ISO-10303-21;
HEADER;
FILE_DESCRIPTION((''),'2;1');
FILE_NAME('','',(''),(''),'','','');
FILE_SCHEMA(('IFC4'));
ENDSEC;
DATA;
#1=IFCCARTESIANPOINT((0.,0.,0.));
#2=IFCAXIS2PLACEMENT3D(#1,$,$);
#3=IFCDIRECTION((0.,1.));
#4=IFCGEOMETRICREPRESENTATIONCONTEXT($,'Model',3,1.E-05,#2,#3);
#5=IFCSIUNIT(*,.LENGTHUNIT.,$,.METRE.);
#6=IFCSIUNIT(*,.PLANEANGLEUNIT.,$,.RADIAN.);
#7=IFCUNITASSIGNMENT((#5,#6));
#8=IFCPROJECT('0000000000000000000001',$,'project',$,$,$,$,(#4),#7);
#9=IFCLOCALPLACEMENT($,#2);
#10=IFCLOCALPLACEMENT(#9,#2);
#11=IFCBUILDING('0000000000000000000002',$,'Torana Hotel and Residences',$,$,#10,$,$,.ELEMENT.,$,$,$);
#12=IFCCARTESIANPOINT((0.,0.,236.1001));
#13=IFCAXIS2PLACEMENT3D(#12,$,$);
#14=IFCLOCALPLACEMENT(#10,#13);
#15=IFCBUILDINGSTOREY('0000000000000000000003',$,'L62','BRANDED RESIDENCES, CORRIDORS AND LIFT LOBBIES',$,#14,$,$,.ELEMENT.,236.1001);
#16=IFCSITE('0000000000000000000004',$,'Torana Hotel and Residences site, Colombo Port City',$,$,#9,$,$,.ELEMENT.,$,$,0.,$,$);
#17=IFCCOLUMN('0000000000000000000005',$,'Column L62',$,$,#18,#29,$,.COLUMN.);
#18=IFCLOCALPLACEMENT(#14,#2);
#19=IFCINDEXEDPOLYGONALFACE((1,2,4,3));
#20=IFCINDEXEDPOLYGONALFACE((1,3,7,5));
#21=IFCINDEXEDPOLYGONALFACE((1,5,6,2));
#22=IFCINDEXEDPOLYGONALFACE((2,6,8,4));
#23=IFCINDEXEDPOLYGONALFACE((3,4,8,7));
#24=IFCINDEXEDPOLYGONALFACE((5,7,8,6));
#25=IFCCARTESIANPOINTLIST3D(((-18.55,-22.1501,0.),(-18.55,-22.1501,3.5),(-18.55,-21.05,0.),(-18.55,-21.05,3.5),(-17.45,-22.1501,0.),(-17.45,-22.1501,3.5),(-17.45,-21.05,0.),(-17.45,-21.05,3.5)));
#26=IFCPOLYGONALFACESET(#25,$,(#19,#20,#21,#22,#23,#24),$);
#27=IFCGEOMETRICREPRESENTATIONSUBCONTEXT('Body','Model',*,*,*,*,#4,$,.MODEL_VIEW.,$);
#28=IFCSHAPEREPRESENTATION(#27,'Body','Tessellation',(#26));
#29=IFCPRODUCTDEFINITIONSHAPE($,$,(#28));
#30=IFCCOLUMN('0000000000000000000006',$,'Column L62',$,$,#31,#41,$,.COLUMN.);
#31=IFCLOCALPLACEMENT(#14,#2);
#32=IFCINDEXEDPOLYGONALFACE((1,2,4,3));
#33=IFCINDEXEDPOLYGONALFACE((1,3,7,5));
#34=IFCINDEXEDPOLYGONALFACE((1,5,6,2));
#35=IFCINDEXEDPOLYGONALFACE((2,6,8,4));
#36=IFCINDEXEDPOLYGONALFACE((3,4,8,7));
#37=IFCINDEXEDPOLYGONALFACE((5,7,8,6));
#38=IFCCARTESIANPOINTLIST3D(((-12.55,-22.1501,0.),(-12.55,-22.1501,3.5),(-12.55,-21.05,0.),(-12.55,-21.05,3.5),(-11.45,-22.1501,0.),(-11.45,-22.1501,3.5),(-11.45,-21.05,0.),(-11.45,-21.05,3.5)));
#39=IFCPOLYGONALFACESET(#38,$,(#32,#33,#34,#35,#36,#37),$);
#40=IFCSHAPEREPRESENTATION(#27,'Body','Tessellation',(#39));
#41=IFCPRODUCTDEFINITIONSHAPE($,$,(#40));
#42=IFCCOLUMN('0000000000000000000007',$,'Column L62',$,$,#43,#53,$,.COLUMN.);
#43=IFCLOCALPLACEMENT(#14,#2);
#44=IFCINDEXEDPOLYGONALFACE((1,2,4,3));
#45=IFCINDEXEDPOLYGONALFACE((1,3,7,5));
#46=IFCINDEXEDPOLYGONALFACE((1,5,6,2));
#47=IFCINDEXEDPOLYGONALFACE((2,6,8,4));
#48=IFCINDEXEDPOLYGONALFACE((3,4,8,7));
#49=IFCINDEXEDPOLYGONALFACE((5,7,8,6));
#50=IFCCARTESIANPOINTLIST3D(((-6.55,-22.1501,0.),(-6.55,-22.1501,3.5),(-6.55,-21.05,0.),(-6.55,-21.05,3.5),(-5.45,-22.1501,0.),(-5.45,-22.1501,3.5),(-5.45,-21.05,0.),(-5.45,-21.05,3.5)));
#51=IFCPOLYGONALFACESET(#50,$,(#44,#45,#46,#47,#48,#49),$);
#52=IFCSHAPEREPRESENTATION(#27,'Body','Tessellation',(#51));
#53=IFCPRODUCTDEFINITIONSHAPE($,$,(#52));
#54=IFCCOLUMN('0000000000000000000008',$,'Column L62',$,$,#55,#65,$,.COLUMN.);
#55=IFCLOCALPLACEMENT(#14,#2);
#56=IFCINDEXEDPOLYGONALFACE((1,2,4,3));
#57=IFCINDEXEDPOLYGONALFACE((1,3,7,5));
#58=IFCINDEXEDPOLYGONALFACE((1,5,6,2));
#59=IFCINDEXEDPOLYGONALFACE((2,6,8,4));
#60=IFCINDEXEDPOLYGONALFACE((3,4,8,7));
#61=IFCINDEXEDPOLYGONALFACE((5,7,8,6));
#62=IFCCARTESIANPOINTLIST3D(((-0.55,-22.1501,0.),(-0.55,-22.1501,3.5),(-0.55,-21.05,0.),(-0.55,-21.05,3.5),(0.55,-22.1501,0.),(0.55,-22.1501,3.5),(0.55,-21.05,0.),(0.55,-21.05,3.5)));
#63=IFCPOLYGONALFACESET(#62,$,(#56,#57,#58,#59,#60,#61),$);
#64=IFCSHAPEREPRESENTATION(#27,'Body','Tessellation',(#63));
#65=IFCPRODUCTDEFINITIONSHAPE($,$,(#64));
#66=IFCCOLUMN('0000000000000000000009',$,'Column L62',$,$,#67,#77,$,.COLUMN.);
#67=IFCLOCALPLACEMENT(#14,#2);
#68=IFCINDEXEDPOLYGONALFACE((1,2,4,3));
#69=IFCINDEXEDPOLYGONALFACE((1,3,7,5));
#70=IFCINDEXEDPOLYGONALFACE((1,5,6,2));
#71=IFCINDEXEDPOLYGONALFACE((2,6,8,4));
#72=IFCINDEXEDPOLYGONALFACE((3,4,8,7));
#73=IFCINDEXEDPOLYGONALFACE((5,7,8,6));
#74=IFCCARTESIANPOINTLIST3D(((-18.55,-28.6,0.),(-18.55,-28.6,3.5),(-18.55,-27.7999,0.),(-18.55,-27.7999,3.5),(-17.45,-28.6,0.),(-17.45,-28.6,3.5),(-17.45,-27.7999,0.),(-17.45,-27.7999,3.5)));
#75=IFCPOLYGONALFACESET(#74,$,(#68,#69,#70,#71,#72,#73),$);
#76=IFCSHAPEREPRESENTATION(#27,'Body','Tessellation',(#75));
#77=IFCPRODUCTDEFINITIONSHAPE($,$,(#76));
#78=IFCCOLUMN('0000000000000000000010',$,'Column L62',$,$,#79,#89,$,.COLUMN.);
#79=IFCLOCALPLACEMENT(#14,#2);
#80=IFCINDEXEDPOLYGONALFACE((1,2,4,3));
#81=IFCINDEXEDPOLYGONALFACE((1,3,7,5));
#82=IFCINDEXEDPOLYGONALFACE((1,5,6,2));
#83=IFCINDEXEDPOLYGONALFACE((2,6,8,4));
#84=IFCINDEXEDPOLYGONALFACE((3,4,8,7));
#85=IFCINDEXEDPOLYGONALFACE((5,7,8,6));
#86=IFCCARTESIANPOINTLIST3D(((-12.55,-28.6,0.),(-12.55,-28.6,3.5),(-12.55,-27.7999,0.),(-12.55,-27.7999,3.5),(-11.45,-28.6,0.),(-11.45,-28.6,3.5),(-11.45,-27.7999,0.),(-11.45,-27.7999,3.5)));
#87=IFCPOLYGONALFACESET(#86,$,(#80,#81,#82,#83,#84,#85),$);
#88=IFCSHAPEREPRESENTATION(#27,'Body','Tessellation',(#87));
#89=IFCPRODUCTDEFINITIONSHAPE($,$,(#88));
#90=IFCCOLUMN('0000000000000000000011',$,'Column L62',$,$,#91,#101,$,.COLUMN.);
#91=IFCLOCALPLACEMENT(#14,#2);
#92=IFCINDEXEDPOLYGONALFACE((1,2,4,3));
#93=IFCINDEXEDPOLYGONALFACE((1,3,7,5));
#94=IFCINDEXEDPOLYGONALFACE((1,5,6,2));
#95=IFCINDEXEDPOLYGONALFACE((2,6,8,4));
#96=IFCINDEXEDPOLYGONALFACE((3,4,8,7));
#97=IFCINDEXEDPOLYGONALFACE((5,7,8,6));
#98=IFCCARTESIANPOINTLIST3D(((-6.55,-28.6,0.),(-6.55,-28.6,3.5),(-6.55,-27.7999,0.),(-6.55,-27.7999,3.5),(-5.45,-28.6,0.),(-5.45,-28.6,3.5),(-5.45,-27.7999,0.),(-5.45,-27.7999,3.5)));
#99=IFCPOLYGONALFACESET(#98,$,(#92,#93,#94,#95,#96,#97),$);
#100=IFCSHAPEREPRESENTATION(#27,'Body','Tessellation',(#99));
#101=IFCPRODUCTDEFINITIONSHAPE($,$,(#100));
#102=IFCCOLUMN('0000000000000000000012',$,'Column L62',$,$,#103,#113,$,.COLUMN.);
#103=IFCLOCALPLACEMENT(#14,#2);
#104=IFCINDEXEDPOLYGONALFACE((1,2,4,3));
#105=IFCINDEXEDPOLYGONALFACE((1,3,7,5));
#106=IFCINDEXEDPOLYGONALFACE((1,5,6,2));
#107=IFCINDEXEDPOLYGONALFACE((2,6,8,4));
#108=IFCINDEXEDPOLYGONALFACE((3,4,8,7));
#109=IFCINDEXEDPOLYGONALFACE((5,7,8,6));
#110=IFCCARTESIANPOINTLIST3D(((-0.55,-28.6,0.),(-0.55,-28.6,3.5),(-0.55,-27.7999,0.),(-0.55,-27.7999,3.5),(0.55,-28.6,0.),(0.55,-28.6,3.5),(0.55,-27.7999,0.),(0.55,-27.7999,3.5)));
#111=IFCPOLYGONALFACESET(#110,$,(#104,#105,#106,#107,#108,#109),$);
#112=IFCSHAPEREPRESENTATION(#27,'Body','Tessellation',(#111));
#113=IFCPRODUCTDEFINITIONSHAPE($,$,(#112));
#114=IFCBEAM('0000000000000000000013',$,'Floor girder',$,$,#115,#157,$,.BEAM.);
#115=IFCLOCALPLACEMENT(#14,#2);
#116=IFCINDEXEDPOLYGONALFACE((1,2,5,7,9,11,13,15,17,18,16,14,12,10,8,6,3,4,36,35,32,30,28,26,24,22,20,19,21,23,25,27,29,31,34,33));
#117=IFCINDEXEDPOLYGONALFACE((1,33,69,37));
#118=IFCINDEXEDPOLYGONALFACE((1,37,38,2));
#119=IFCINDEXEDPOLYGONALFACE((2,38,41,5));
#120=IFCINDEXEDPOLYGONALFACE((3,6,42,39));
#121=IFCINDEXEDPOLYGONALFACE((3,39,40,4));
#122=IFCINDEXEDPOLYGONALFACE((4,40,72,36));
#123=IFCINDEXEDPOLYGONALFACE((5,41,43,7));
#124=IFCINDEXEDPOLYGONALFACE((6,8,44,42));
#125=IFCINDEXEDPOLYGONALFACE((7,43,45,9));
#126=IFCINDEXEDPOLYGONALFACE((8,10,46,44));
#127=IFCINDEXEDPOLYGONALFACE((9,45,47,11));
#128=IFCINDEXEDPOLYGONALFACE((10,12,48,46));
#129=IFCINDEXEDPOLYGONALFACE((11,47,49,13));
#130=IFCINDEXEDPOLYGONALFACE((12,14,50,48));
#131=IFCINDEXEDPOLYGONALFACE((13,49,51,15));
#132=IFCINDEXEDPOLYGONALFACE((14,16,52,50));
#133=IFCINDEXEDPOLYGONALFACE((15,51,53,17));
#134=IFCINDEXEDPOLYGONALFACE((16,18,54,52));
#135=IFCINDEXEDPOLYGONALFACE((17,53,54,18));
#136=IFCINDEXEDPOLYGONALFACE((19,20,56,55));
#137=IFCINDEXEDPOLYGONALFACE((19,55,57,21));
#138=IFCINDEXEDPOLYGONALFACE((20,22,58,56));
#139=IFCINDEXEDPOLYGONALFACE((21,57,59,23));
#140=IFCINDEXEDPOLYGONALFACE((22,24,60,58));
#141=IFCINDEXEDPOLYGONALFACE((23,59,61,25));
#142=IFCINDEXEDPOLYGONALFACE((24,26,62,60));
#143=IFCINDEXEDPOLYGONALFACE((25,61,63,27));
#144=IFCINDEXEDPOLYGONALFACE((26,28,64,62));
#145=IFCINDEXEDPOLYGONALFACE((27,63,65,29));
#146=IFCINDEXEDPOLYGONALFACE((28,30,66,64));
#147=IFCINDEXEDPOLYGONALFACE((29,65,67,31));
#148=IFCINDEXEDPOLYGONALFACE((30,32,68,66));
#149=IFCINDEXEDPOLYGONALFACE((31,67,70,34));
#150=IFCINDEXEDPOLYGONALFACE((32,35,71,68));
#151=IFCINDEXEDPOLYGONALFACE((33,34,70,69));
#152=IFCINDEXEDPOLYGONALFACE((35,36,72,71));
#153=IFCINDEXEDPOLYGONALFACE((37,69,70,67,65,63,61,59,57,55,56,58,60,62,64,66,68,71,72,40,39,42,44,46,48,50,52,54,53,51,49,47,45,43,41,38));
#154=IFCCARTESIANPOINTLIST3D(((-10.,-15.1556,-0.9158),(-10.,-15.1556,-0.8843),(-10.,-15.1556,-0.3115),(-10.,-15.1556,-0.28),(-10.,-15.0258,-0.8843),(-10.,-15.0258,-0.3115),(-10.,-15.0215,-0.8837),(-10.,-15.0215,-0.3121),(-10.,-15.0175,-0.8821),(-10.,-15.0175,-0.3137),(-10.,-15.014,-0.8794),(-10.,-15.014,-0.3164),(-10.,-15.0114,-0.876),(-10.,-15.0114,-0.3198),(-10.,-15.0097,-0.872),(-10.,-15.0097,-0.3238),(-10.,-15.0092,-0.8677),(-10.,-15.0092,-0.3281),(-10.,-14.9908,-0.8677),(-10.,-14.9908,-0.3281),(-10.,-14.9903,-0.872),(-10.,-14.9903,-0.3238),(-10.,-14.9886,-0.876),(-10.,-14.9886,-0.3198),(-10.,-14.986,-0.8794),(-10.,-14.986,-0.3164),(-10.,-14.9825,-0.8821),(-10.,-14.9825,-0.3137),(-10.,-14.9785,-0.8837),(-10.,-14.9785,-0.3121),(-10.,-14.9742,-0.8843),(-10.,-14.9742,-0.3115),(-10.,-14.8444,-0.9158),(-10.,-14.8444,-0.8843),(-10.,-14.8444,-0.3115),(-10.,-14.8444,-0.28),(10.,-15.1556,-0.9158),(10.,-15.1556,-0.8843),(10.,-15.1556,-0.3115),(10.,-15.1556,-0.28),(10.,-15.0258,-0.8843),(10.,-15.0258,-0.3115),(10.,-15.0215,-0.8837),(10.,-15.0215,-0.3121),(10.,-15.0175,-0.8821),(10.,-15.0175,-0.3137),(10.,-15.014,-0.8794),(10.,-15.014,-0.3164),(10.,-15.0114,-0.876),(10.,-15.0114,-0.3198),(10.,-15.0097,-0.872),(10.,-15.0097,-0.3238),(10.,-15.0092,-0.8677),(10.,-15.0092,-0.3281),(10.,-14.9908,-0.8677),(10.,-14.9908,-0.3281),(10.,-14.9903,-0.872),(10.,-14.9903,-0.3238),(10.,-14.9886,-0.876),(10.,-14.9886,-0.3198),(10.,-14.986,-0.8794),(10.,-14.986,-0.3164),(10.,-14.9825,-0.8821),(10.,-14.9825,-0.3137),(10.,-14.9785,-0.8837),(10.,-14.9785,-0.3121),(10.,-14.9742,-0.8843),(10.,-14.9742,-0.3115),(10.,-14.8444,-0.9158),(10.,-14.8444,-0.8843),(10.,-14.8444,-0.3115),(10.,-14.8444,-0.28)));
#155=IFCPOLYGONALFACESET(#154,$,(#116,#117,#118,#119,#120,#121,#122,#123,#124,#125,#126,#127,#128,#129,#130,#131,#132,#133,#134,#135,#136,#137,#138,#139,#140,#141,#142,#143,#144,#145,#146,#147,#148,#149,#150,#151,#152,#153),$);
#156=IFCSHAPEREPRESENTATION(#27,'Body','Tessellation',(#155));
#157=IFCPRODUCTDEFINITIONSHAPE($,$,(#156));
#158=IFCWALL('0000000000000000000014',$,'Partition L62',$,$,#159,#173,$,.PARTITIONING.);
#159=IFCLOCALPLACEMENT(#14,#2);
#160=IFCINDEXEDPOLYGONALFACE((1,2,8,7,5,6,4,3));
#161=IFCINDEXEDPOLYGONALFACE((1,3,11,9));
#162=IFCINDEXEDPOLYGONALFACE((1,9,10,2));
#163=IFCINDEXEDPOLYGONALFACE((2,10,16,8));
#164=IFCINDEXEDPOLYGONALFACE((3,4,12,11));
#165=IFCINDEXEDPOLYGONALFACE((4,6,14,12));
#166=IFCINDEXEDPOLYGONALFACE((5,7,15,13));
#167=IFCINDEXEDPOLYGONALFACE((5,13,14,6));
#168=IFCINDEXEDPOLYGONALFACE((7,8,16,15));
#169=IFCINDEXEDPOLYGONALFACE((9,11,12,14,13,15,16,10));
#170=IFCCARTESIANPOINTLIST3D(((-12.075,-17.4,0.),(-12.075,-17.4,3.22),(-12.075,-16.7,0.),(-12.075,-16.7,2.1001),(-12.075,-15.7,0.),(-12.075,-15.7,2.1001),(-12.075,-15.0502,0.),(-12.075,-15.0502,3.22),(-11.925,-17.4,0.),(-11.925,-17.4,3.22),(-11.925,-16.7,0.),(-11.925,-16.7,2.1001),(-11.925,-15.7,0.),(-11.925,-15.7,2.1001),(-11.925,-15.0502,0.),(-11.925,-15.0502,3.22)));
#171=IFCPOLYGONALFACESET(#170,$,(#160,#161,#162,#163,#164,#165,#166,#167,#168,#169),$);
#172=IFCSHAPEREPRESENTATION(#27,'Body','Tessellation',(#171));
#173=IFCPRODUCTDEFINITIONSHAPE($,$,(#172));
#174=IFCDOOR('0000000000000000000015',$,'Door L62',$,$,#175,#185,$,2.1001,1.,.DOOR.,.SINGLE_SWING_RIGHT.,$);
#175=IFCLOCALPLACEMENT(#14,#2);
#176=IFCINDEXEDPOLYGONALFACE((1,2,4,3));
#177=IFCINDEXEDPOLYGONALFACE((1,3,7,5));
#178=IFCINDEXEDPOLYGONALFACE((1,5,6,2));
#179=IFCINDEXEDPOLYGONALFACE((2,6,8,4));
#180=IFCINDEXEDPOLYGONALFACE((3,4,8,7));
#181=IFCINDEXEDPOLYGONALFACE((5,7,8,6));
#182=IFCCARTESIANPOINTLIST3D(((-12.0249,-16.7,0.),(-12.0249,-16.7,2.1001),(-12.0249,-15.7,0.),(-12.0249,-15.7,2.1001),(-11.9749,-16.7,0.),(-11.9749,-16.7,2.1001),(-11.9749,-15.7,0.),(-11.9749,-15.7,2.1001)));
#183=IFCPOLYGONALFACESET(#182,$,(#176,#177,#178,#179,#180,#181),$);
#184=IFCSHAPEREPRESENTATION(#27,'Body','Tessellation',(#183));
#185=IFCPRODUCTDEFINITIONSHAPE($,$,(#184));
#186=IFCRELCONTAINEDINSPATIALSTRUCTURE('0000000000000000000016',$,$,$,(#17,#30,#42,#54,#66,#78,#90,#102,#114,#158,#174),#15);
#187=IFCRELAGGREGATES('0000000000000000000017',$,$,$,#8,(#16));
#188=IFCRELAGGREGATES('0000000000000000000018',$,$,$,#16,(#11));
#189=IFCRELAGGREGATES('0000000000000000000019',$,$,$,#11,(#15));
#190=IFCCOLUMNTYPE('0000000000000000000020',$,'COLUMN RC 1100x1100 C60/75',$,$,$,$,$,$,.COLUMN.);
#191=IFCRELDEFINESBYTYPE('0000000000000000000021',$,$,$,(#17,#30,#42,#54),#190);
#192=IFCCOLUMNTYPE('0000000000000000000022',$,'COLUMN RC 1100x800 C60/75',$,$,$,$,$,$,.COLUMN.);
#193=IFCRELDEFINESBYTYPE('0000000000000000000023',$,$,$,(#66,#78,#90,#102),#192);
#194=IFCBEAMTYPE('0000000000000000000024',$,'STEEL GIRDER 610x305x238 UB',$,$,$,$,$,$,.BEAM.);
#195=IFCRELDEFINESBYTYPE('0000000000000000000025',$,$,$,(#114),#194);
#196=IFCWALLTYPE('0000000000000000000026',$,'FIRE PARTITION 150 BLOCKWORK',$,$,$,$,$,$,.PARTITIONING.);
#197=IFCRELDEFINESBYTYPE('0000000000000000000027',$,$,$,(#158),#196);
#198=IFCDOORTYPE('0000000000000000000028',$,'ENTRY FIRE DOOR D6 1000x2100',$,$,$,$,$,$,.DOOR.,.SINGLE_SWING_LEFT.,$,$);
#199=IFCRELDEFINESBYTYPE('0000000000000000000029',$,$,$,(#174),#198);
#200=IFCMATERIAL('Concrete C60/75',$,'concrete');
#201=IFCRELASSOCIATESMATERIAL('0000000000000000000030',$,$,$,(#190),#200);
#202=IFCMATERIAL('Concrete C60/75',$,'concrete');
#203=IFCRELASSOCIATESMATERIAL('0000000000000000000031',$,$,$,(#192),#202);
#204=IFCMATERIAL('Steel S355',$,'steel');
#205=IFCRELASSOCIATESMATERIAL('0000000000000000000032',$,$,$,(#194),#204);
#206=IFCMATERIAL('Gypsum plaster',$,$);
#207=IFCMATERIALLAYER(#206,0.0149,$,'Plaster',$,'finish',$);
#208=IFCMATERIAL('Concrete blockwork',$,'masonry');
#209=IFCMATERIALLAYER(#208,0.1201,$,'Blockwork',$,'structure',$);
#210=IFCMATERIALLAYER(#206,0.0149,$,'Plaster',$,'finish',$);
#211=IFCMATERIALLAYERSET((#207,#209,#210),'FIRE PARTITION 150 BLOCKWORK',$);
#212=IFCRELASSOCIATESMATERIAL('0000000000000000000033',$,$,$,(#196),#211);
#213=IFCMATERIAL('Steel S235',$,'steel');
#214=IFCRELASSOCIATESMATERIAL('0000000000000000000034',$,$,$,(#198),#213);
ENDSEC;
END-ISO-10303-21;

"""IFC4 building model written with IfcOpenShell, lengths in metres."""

from ifc_helpers import new_model, si_unit, direction, frame, frame_2d, origin, origin_2d, place, context, subcontext, project, spatial, rectangle, i_section, extrude, material, layer, layer_set, material_profile, profile_set, type_object, element, fill, save


model = new_model("IFC4")

# Units and contexts
model_context = context("Model", 3, precision=1e-05, world=origin(), true_north=direction((0.0, 1.0)))
body_context = subcontext(model_context, "Body", "Model", "MODEL_VIEW")
ifc_project = project(units=[si_unit("LENGTHUNIT", "METRE"), si_unit("PLANEANGLEUNIT", "RADIAN")], contexts=[model_context])

# Site, building, storey
site_placement = place(None, origin())
site = spatial("IfcSite", under=ifc_project, at=site_placement, Name="Torana Hotel and Residences site, Colombo Port City", CompositionType="ELEMENT", RefElevation=0.0)
building_placement = place(site_placement, origin())
building = spatial("IfcBuilding", under=site, at=building_placement, Name="Torana Hotel and Residences", CompositionType="ELEMENT")
storey_placement = place(building_placement, frame((0.0, 0.0, 236.1001)))
storey = spatial("IfcBuildingStorey", under=building, at=storey_placement, Name="L62", Description="BRANDED RESIDENCES, CORRIDORS AND LIFT LOBBIES", CompositionType="ELEMENT", Elevation=236.1001)

# Columns
ifc_material_1 = material(Name="Concrete C60/75", Category="concrete")
ifc_material_profile_1 = material_profile(ifc_material_1, rectangle(XDim=1.1001, YDim=1.1001, at=origin_2d()), Name="RC 1100x1100")
ifc_profile_set_1 = profile_set([ifc_material_profile_1], Name="Concrete C60/75")
column_type_1 = type_object("IfcColumnType", Name="COLUMN RC 1100x1100 C60/75", PredefinedType="COLUMN", material=ifc_profile_set_1)
for number, where, z_axis, x_axis, name in (
    (1, (-18.0, -21.6001, 0.0), (0.0, 0.0, 1.0), (1.0, 0.0, 0.0), "Column L62"),
    (2, (-12.0, -21.6001, 0.0), (0.0, 0.0, 1.0), (1.0, 0.0, 0.0), "Column L62"),
    (3, (-6.0, -21.6001, 0.0), (0.0, 0.0, 1.0), (1.0, 0.0, 0.0), "Column L62"),
    (4, (0.0, -21.6001, 0.0), (0.0, 0.0, 1.0), (1.0, 0.0, 0.0), "Column L62"),
):
    element("IfcColumn", number, at=place(storey_placement, frame(where, z_axis=z_axis, x_axis=x_axis)), inside=storey, type_object=column_type_1, Name=name, PredefinedType="COLUMN", context=body_context, shape_type="SweptSolid", body=[
        extrude(rectangle(XDim=1.1001, YDim=1.1001, at=origin_2d()), origin(), (0.0, 0.0, 1.0), 3.5),
    ])
ifc_material_2 = material(Name="Concrete C60/75", Category="concrete")
ifc_material_profile_2 = material_profile(ifc_material_2, rectangle(XDim=1.1001, YDim=0.8, at=origin_2d()), Name="RC 1100x800")
ifc_profile_set_2 = profile_set([ifc_material_profile_2], Name="Concrete C60/75")
column_type_2 = type_object("IfcColumnType", Name="COLUMN RC 1100x800 C60/75", PredefinedType="COLUMN", material=ifc_profile_set_2)
for number, where, z_axis, x_axis, name in (
    (5, (-18.0, -28.2, 0.0), (0.0, 0.0, 1.0), (1.0, 0.0, 0.0), "Column L62"),
    (6, (-12.0, -28.2, 0.0), (0.0, 0.0, 1.0), (1.0, 0.0, 0.0), "Column L62"),
    (7, (-6.0, -28.2, 0.0), (0.0, 0.0, 1.0), (1.0, 0.0, 0.0), "Column L62"),
    (8, (0.0, -28.2, 0.0), (0.0, 0.0, 1.0), (1.0, 0.0, 0.0), "Column L62"),
):
    element("IfcColumn", number, at=place(storey_placement, frame(where, z_axis=z_axis, x_axis=x_axis)), inside=storey, type_object=column_type_2, Name=name, PredefinedType="COLUMN", context=body_context, shape_type="SweptSolid", body=[
        extrude(rectangle(XDim=1.1001, YDim=0.8, at=origin_2d()), origin(), (0.0, 0.0, 1.0), 3.5),
    ])

# Beam
ifc_material_3 = material(Name="Steel S355", Category="steel")
ifc_material_profile_3 = material_profile(ifc_material_3, i_section(OverallWidth=0.3113, OverallDepth=0.6357, WebThickness=0.0183, FlangeThickness=0.0315, FilletRadius=0.0166, at=origin_2d()), Name="610x305x238 UB")
ifc_profile_set_3 = profile_set([ifc_material_profile_3], Name="Steel S355")
beam_type = type_object("IfcBeamType", Name="STEEL GIRDER 610x305x238 UB", PredefinedType="BEAM", material=ifc_profile_set_3)
beam_placement = place(storey_placement, frame((-10.0, -15.0, -0.5979), z_axis=(1.0, 0.0, 0.0), x_axis=(0.0, 1.0, 0.0)))
element("IfcBeam", 9, at=beam_placement, inside=storey, type_object=beam_type, Name="Floor girder", PredefinedType="BEAM", context=body_context, shape_type="SweptSolid", body=[
    extrude(i_section(OverallWidth=0.3113, OverallDepth=0.6357, WebThickness=0.0183, FlangeThickness=0.0315, FilletRadius=0.0166, at=origin_2d()), origin(), (0.0, 0.0, 1.0), 20.0),
])

# Wall, opening, door
ifc_material_4 = material(Name="Gypsum plaster")
ifc_layer_1 = layer(ifc_material_4, 0.0149, Name="Plaster", Category="finish")
ifc_material_5 = material(Name="Concrete blockwork", Category="masonry")
ifc_layer_2 = layer(ifc_material_5, 0.1201, Name="Blockwork", Category="structure")
ifc_layer_3 = layer(ifc_material_4, 0.0149, Name="Plaster", Category="finish")
ifc_layer_set_1 = layer_set([ifc_layer_1, ifc_layer_2, ifc_layer_3], Name="FIRE PARTITION 150 BLOCKWORK")
wall_type_1 = type_object("IfcWallType", Name="FIRE PARTITION 150 BLOCKWORK", PredefinedType="PARTITIONING", material=ifc_layer_set_1)
wall_1_placement = place(storey_placement, frame((-12.0, -17.3999, 0.0), z_axis=(0.0, 0.0, 1.0), x_axis=(0.0, 1.0, 0.0)))
wall_1 = element("IfcWall", 10, at=wall_1_placement, inside=storey, type_object=wall_type_1, Name="Partition L62", PredefinedType="PARTITIONING", context=body_context, shape_type="SweptSolid", body=[
    extrude(rectangle(XDim=2.3499, YDim=0.1499, at=frame_2d((1.1748, 0.0))), origin(), (0.0, 0.0, 1.0), 3.22),
])
opening_1_placement = place(wall_1_placement, frame((0.7, 0.0, 0.0)))
opening_1 = element("IfcOpeningElement", 11, at=opening_1_placement, cuts=wall_1, PredefinedType="OPENING", context=body_context, shape_type="SweptSolid", body=[
    extrude(rectangle(XDim=1.0, YDim=2.1001, at=frame_2d((0.5, 1.05))), frame((0.0, 0.085, 0.0), z_axis=(0.0, -1.0, 0.0), x_axis=(1.0, 0.0, 0.0)), (0.0, 0.0, 1.0), 0.1699),
])
ifc_material_6 = material(Name="Steel S235", Category="steel")
door_type_1 = type_object("IfcDoorType", Name="ENTRY FIRE DOOR D6 1000x2100", OperationType="SINGLE_SWING_LEFT", PredefinedType="DOOR", material=ifc_material_6)
door_1_placement = place(opening_1_placement, origin())
door_1 = element("IfcDoor", 12, at=door_1_placement, inside=storey, type_object=door_type_1, Name="Door L62", OperationType="SINGLE_SWING_RIGHT", OverallHeight=2.1001, OverallWidth=1.0, PredefinedType="DOOR", context=body_context, shape_type="SweptSolid", body=[
    extrude(rectangle(XDim=1.0, YDim=2.1001, at=frame_2d((0.5, 1.05))), frame((0.0, 0.0249, 0.0), z_axis=(0.0, -1.0, 0.0), x_axis=(1.0, 0.0, 0.0)), (0.0, 0.0, 1.0), 0.05),
])
fill(opening_1, door_1)

save(model, "model.ifc")
